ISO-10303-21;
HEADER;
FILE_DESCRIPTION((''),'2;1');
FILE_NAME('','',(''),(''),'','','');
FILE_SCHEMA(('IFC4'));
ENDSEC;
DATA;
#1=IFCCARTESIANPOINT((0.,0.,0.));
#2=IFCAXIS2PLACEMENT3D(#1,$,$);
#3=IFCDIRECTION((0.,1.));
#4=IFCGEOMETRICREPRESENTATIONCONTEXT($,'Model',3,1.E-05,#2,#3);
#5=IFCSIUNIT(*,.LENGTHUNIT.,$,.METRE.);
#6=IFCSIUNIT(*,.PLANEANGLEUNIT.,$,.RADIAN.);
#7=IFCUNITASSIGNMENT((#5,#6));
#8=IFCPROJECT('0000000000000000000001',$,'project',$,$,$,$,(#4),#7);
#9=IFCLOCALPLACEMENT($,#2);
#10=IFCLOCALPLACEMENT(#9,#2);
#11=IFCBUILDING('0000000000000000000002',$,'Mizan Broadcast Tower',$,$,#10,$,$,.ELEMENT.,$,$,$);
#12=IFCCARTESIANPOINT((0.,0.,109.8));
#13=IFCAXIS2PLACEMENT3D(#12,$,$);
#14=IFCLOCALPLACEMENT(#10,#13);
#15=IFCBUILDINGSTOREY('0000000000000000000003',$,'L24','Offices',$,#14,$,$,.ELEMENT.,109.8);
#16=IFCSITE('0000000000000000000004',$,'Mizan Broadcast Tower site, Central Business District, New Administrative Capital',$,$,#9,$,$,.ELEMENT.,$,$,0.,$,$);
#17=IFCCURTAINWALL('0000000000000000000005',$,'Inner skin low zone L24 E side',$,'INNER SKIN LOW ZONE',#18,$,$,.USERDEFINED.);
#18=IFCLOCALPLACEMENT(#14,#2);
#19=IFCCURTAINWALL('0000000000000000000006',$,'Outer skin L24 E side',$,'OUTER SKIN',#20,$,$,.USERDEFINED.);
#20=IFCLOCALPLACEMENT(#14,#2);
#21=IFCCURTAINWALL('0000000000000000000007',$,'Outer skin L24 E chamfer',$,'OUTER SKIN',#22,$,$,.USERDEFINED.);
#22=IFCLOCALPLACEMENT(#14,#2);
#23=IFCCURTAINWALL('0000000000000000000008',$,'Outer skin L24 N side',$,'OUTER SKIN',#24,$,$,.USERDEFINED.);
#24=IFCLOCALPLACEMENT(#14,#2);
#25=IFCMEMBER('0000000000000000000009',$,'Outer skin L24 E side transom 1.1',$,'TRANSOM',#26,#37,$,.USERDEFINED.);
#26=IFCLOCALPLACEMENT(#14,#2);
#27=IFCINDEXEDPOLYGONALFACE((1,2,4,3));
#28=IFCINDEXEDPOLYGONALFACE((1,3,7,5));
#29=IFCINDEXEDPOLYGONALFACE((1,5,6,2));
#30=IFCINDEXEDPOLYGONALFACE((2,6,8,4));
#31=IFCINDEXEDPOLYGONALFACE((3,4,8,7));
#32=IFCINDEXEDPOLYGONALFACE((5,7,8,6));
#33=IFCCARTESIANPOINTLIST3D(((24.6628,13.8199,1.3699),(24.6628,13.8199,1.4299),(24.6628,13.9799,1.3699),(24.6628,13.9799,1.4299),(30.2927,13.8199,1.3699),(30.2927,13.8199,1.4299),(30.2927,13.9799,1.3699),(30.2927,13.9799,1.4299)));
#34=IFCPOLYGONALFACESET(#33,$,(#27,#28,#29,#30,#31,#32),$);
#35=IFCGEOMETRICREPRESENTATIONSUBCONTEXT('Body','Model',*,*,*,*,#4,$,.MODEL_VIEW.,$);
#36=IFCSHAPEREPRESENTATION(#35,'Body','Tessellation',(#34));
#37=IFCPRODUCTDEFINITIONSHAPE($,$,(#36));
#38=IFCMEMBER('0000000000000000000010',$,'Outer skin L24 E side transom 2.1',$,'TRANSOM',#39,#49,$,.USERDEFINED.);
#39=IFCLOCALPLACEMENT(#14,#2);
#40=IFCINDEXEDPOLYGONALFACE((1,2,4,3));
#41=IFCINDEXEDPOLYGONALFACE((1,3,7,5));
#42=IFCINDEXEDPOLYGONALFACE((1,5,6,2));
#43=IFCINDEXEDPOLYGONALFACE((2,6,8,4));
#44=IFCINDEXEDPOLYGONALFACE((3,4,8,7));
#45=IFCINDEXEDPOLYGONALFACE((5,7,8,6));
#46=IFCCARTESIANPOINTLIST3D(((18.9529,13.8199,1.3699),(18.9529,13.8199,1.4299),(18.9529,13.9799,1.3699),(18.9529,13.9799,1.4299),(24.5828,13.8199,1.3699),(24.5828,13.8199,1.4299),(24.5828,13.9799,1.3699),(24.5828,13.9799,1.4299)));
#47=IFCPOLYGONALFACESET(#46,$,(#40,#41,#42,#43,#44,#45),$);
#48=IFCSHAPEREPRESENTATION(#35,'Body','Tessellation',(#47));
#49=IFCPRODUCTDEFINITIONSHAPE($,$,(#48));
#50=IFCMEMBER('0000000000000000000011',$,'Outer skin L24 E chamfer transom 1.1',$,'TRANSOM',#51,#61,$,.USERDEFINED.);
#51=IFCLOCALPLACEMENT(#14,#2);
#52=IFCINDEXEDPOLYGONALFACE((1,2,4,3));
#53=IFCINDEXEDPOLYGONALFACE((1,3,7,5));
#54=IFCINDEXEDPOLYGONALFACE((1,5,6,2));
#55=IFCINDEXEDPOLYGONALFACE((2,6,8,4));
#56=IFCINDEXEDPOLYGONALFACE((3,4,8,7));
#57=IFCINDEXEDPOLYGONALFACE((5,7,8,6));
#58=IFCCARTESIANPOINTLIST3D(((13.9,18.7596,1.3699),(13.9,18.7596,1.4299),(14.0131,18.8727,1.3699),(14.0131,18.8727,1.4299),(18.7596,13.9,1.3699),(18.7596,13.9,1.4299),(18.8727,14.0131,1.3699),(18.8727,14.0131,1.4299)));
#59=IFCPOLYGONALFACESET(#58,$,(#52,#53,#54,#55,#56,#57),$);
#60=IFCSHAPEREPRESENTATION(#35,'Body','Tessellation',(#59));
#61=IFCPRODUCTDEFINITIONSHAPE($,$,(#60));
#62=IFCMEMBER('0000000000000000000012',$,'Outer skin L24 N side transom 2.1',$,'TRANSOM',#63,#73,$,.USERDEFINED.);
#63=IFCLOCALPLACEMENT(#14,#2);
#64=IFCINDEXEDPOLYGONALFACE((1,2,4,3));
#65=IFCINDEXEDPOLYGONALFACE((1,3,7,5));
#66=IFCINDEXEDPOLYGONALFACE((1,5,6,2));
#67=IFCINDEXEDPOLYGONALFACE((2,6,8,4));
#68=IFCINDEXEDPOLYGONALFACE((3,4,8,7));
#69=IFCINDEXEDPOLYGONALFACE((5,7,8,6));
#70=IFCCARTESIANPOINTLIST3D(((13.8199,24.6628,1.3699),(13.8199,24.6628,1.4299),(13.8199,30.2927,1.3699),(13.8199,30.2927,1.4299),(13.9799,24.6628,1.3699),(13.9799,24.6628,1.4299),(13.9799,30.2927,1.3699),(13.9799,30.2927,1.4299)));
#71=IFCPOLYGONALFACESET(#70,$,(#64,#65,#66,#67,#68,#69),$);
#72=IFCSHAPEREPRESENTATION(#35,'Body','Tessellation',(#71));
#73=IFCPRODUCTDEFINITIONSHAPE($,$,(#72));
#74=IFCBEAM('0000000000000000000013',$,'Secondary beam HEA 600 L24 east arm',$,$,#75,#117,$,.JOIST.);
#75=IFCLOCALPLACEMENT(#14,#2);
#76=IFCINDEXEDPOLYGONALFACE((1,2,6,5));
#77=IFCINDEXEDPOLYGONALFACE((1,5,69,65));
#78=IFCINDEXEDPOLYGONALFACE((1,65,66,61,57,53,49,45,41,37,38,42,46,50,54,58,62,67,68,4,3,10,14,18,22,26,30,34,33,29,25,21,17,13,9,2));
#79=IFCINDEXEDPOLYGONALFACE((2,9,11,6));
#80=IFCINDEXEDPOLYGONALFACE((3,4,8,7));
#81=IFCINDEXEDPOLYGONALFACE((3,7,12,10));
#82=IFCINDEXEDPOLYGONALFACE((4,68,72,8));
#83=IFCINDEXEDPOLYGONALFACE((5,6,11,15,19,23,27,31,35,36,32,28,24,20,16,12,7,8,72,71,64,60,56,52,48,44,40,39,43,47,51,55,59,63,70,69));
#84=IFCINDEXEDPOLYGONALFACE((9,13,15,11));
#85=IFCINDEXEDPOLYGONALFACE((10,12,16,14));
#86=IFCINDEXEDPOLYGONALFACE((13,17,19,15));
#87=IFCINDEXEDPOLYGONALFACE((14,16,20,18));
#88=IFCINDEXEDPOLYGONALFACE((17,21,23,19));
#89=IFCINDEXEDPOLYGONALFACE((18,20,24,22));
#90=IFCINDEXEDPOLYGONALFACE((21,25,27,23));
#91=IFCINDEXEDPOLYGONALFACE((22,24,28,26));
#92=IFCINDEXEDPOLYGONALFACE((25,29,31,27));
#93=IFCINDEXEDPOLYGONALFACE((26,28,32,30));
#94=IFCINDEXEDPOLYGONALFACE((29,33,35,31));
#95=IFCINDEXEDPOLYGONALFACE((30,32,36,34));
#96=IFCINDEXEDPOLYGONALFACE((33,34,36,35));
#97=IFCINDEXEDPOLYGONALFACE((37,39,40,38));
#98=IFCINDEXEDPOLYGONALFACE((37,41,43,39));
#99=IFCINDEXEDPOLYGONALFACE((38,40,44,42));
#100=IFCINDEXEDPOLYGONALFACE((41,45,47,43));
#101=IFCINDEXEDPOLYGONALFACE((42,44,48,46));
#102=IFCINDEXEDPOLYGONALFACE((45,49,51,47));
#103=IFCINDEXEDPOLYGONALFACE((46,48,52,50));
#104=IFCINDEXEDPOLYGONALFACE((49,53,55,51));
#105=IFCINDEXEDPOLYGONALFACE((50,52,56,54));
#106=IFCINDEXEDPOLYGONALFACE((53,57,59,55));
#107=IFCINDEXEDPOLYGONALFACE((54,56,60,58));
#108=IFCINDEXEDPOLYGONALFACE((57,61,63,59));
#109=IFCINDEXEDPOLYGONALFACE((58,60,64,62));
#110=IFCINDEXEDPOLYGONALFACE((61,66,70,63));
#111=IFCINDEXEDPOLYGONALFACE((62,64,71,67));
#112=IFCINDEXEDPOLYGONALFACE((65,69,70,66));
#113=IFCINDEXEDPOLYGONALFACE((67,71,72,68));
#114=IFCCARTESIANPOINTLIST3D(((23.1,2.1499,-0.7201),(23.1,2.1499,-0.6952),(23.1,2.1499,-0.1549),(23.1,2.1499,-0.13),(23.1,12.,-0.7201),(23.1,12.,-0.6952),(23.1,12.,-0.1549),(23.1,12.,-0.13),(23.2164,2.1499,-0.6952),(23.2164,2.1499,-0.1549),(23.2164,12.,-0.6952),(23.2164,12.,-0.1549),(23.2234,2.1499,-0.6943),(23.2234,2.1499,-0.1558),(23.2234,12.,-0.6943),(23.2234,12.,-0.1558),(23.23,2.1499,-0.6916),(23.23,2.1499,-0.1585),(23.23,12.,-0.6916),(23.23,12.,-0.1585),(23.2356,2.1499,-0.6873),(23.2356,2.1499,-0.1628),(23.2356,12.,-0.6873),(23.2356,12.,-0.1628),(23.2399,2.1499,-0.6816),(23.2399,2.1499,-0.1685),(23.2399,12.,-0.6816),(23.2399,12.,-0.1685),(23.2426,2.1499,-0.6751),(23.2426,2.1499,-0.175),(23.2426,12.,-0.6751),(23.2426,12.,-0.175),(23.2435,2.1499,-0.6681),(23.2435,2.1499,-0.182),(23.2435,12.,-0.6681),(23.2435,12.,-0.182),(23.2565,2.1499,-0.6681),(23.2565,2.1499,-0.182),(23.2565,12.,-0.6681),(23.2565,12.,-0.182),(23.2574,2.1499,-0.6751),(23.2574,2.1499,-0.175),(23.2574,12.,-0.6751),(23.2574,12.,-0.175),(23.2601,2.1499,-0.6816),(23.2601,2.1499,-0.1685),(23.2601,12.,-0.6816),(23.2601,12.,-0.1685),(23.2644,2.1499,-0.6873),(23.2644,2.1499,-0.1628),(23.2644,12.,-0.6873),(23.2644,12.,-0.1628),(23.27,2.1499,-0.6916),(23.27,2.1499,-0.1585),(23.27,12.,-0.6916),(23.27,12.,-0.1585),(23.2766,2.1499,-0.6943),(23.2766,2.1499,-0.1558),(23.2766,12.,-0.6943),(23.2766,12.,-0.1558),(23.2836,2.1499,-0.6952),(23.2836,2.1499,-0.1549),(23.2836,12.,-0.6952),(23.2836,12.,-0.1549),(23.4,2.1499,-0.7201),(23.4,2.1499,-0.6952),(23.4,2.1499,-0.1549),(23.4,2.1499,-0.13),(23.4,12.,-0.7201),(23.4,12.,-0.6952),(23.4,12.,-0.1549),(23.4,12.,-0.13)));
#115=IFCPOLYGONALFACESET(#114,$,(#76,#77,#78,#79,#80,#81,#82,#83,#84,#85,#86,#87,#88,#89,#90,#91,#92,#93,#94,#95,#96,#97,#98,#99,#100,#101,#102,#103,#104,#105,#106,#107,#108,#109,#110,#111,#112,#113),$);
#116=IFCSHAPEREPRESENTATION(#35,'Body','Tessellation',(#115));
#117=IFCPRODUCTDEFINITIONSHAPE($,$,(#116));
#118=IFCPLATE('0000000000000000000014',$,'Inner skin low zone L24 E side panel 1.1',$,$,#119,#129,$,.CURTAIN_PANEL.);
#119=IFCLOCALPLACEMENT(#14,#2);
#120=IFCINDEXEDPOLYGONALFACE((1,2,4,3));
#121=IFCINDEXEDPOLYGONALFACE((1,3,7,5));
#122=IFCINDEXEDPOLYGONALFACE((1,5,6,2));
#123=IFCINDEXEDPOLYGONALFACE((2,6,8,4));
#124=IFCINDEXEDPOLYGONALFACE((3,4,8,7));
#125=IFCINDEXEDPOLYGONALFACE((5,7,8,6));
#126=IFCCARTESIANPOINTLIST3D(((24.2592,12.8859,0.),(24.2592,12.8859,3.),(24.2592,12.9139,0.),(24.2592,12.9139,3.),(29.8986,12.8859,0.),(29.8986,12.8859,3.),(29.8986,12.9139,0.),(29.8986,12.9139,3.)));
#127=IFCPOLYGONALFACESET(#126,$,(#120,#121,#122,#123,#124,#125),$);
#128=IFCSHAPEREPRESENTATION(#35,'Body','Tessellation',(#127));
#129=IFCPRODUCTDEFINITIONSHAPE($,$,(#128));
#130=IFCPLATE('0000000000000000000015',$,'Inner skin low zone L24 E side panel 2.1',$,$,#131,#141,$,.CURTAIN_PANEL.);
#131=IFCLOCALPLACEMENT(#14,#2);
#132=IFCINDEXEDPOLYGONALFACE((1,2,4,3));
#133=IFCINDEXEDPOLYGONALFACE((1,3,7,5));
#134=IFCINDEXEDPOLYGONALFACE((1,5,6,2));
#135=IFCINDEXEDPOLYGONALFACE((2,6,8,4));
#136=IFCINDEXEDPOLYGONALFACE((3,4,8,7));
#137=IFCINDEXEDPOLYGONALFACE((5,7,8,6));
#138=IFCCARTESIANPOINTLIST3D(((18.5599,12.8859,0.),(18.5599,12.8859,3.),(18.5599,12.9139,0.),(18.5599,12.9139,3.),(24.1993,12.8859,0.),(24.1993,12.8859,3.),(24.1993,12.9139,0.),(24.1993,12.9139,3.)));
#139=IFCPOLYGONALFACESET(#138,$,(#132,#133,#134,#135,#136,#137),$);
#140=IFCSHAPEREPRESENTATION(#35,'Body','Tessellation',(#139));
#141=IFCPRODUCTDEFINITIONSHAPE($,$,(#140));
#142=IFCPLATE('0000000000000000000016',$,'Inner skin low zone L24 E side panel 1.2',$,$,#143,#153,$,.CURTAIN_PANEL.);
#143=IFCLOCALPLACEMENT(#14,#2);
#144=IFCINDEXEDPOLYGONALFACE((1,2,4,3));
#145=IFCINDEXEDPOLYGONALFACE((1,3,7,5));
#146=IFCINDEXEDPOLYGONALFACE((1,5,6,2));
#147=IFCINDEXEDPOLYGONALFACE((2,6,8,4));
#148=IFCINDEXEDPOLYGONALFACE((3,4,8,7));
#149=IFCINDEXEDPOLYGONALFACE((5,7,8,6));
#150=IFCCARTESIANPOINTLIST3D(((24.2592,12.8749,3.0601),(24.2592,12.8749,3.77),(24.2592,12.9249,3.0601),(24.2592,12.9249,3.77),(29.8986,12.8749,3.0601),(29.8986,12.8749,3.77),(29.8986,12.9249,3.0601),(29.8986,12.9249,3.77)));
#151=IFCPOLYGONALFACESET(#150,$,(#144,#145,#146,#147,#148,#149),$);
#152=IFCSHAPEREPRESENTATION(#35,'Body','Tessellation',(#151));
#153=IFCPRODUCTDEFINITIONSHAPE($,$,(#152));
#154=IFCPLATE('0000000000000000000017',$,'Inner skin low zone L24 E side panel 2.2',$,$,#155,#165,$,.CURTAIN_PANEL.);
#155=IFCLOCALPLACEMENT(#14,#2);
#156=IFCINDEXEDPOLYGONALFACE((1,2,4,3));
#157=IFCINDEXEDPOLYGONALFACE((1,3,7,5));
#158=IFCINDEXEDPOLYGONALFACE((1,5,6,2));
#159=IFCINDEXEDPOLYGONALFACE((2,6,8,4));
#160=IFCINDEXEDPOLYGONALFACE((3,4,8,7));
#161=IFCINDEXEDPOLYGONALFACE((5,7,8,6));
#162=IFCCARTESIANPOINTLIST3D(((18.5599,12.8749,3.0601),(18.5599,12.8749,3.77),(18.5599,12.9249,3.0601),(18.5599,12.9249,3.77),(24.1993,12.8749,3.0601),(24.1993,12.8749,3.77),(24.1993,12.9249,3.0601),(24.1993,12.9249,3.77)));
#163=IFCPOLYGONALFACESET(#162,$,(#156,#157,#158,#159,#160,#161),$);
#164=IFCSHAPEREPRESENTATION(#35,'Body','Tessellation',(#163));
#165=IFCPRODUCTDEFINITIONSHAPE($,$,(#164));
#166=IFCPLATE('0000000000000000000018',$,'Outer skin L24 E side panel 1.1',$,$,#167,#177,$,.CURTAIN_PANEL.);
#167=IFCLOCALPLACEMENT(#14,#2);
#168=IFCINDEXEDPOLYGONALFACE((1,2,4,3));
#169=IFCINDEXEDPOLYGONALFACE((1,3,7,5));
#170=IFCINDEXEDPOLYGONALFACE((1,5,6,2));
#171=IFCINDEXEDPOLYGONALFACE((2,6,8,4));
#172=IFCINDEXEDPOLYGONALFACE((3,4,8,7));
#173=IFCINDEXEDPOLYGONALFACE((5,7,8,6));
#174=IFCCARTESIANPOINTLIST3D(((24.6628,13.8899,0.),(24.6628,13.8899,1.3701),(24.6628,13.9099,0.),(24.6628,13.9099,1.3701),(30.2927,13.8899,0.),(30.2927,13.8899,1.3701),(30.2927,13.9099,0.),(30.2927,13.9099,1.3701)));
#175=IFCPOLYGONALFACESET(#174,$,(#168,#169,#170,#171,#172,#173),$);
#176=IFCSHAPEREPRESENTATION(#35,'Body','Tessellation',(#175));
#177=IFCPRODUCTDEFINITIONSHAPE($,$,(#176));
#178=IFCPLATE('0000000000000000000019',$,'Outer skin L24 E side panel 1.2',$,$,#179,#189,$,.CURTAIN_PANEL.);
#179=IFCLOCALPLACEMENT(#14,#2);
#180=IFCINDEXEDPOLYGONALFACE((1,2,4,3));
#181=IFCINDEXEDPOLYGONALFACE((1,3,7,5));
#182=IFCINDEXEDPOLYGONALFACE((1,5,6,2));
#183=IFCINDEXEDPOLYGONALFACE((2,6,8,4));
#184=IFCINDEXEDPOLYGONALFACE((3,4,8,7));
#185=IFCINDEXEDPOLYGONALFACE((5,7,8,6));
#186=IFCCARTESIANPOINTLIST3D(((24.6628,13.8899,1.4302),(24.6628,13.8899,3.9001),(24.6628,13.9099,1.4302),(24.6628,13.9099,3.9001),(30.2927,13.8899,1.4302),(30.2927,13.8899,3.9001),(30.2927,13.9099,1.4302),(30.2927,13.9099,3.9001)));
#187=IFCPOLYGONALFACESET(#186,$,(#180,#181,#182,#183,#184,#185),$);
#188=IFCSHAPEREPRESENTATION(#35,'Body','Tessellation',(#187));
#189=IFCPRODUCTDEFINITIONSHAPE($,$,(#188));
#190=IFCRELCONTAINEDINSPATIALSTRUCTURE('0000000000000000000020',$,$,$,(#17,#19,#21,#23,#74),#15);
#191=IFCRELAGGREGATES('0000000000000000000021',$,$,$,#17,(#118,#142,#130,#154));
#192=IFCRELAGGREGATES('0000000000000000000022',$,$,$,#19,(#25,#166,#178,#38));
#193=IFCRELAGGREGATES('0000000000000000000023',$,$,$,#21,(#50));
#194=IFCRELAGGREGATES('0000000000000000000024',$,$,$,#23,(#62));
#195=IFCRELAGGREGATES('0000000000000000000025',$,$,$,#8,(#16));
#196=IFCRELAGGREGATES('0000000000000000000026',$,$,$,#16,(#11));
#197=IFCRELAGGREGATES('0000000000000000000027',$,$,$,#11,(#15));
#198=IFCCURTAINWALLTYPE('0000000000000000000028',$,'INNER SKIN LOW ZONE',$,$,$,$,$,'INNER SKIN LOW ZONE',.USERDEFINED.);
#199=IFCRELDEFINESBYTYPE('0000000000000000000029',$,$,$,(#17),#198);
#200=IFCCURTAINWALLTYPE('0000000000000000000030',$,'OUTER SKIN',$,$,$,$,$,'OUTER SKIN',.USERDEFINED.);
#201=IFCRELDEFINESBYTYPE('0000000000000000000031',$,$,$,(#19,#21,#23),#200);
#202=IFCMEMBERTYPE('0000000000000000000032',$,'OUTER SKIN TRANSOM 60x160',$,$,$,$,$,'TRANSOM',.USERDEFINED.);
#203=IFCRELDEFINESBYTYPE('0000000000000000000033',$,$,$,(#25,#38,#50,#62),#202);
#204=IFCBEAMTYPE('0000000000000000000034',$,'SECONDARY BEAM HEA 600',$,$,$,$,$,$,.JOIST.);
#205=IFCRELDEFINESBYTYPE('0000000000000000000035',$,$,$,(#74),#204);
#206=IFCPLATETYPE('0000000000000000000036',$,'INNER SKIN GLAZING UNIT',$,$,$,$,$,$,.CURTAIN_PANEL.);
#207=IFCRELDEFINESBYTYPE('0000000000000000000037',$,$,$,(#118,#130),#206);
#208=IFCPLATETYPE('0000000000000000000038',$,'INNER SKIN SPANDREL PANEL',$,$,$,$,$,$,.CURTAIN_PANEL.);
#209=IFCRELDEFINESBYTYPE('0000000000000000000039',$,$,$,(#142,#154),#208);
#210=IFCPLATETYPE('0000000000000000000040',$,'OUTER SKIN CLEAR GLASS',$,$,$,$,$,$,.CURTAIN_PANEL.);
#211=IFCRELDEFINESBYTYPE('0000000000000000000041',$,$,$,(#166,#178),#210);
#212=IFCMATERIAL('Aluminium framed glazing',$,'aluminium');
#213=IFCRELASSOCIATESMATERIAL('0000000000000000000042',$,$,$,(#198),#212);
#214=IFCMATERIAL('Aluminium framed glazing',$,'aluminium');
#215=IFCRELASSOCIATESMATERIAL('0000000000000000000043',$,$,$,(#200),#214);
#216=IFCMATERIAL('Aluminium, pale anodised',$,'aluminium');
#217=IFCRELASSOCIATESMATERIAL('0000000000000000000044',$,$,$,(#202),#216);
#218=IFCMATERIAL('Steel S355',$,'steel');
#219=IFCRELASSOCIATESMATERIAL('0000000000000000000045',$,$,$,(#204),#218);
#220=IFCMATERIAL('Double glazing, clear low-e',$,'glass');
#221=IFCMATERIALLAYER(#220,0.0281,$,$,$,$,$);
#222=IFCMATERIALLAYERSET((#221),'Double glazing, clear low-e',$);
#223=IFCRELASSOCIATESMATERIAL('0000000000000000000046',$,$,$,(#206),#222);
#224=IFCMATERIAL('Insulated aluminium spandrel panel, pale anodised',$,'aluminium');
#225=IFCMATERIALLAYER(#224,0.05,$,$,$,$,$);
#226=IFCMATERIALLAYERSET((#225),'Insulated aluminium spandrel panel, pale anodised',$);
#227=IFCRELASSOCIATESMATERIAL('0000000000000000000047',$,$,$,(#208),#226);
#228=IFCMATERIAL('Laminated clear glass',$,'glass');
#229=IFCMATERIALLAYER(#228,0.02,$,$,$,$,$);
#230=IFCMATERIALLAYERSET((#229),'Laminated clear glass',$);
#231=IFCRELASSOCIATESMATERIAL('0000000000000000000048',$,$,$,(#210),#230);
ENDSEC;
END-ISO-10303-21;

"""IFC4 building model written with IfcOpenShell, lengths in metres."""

from ifc_helpers import new_model, si_unit, direction, frame, origin, origin_2d, place, context, subcontext, project, spatial, rectangle, i_section, extrude, material, layer, layer_set, material_profile, profile_set, type_object, element, aggregate, save


model = new_model("IFC4")

# Units and contexts
model_context = context("Model", 3, precision=1e-05, world=origin(), true_north=direction((0.0, 1.0)))
body_context = subcontext(model_context, "Body", "Model", "MODEL_VIEW")
ifc_project = project(units=[si_unit("LENGTHUNIT", "METRE"), si_unit("PLANEANGLEUNIT", "RADIAN")], contexts=[model_context])

# Site, building, storey
site_placement = place(None, origin())
site = spatial("IfcSite", under=ifc_project, at=site_placement, Name="Mizan Broadcast Tower site, Central Business District, New Administrative Capital", CompositionType="ELEMENT", RefElevation=0.0)
building_placement = place(site_placement, origin())
building = spatial("IfcBuilding", under=site, at=building_placement, Name="Mizan Broadcast Tower", CompositionType="ELEMENT")
storey_placement = place(building_placement, frame((0.0, 0.0, 109.8)))
storey = spatial("IfcBuildingStorey", under=building, at=storey_placement, Name="L24", Description="Offices", CompositionType="ELEMENT", Elevation=109.8)

# Shared definitions
ifc_material_1 = material(Name="Aluminium framed glazing", Category="aluminium")
curtain_wall_type_1 = type_object("IfcCurtainWallType", Name="INNER SKIN LOW ZONE", ElementType="INNER SKIN LOW ZONE", PredefinedType="USERDEFINED", material=ifc_material_1)

# Curtain wall
curtain_wall_1_placement = place(storey_placement, origin())
curtain_wall_1 = element("IfcCurtainWall", 1, at=curtain_wall_1_placement, inside=storey, type_object=curtain_wall_type_1, Name="Inner skin low zone L24 E side", ObjectType="INNER SKIN LOW ZONE", PredefinedType="USERDEFINED")

# Shared definitions
ifc_material_2 = material(Name="Aluminium framed glazing", Category="aluminium")
curtain_wall_type_2 = type_object("IfcCurtainWallType", Name="OUTER SKIN", ElementType="OUTER SKIN", PredefinedType="USERDEFINED", material=ifc_material_2)

# Curtain wall
curtain_wall_2_placement = place(storey_placement, origin())
curtain_wall_2 = element("IfcCurtainWall", 2, at=curtain_wall_2_placement, inside=storey, type_object=curtain_wall_type_2, Name="Outer skin L24 E side", ObjectType="OUTER SKIN", PredefinedType="USERDEFINED")

# Curtain wall
curtain_wall_3_placement = place(storey_placement, origin())
curtain_wall_3 = element("IfcCurtainWall", 3, at=curtain_wall_3_placement, inside=storey, type_object=curtain_wall_type_2, Name="Outer skin L24 E chamfer", ObjectType="OUTER SKIN", PredefinedType="USERDEFINED")

# Curtain wall
curtain_wall_4_placement = place(storey_placement, origin())
curtain_wall_4 = element("IfcCurtainWall", 4, at=curtain_wall_4_placement, inside=storey, type_object=curtain_wall_type_2, Name="Outer skin L24 N side", ObjectType="OUTER SKIN", PredefinedType="USERDEFINED")

# Members
ifc_material_3 = material(Name="Aluminium, pale anodised", Category="aluminium")
ifc_material_profile_1 = material_profile(ifc_material_3, rectangle(XDim=0.1599, YDim=0.0601, at=origin_2d()), Name="TRANSOM 160x60")
ifc_profile_set_1 = profile_set([ifc_material_profile_1], Name="Aluminium, pale anodised")
member_type_1 = type_object("IfcMemberType", Name="OUTER SKIN TRANSOM 60x160", ElementType="TRANSOM", PredefinedType="USERDEFINED", material=ifc_profile_set_1)
member_1_placement = place(storey_placement, frame((30.2927, 13.8999, 1.3999), z_axis=(-1.0, 0.0, 0.0), x_axis=(0.0, -1.0, 0.0)))
member_1 = element("IfcMember", 5, at=member_1_placement, type_object=member_type_1, Name="Outer skin L24 E side transom 1.1", ObjectType="TRANSOM", PredefinedType="USERDEFINED", context=body_context, shape_type="SweptSolid", body=[
    extrude(rectangle(XDim=0.1599, YDim=0.0601, at=origin_2d()), origin(), (0.0, 0.0, 1.0), 5.6299),
])
member_2_placement = place(storey_placement, frame((24.5828, 13.8999, 1.3999), z_axis=(-1.0, 0.0, 0.0), x_axis=(0.0, -1.0, 0.0)))
member_2 = element("IfcMember", 6, at=member_2_placement, type_object=member_type_1, Name="Outer skin L24 E side transom 2.1", ObjectType="TRANSOM", PredefinedType="USERDEFINED", context=body_context, shape_type="SweptSolid", body=[
    extrude(rectangle(XDim=0.1599, YDim=0.0601, at=origin_2d()), origin(), (0.0, 0.0, 1.0), 5.6299),
])
member_3_placement = place(storey_placement, frame((18.8162, 13.9565, 1.3999), z_axis=(-0.707107, 0.707107, 0.0), x_axis=(-0.707107, -0.707107, 0.0)))
member_3 = element("IfcMember", 7, at=member_3_placement, type_object=member_type_1, Name="Outer skin L24 E chamfer transom 1.1", ObjectType="TRANSOM", PredefinedType="USERDEFINED", context=body_context, shape_type="SweptSolid", body=[
    extrude(rectangle(XDim=0.1599, YDim=0.0601, at=origin_2d()), origin(), (0.0, 0.0, 1.0), 6.8726),
])
member_4_placement = place(storey_placement, frame((13.8999, 24.6628, 1.3999), z_axis=(0.0, 1.0, 0.0), x_axis=(-1.0, 0.0, 0.0)))
member_4 = element("IfcMember", 8, at=member_4_placement, type_object=member_type_1, Name="Outer skin L24 N side transom 2.1", ObjectType="TRANSOM", PredefinedType="USERDEFINED", context=body_context, shape_type="SweptSolid", body=[
    extrude(rectangle(XDim=0.1599, YDim=0.0601, at=origin_2d()), origin(), (0.0, 0.0, 1.0), 5.6299),
])

# Beam
ifc_material_4 = material(Name="Steel S355", Category="steel")
ifc_material_profile_2 = material_profile(ifc_material_4, i_section(OverallWidth=0.3, OverallDepth=0.5901, WebThickness=0.0129, FlangeThickness=0.0249, FilletRadius=0.0271, at=origin_2d()), Name="HEA 600")
ifc_profile_set_2 = profile_set([ifc_material_profile_2], Name="Steel S355")
beam_type_1 = type_object("IfcBeamType", Name="SECONDARY BEAM HEA 600", PredefinedType="JOIST", material=ifc_profile_set_2)
beam_1_placement = place(storey_placement, frame((23.25, 12.0, -0.425), z_axis=(0.0, -1.0, 0.0), x_axis=(1.0, 0.0, 0.0)))
element("IfcBeam", 9, at=beam_1_placement, inside=storey, type_object=beam_type_1, Name="Secondary beam HEA 600 L24 east arm", PredefinedType="JOIST", context=body_context, shape_type="SweptSolid", body=[
    extrude(i_section(OverallWidth=0.3, OverallDepth=0.5901, WebThickness=0.0129, FlangeThickness=0.0249, FilletRadius=0.0271, at=origin_2d()), origin(), (0.0, 0.0, 1.0), 9.8501),
])

# Plates
ifc_material_5 = material(Name="Double glazing, clear low-e", Category="glass")
ifc_layer_1 = layer(ifc_material_5, 0.0281)
ifc_layer_set_1 = layer_set([ifc_layer_1], Name="Double glazing, clear low-e")
plate_type_1 = type_object("IfcPlateType", Name="INNER SKIN GLAZING UNIT", PredefinedType="CURTAIN_PANEL", material=ifc_layer_set_1)
plate_1_placement = place(storey_placement, frame((27.0789, 12.8999, 0.0), z_axis=(0.0, 0.0, 1.0), x_axis=(-1.0, 0.0, 0.0)))
plate_1 = element("IfcPlate", 10, at=plate_1_placement, type_object=plate_type_1, Name="Inner skin low zone L24 E side panel 1.1", PredefinedType="CURTAIN_PANEL", context=body_context, shape_type="SweptSolid", body=[
    extrude(rectangle(XDim=5.6394, YDim=0.0281, at=origin_2d()), origin(), (0.0, 0.0, 1.0), 3.0),
])
plate_2_placement = place(storey_placement, frame((21.3796, 12.8999, 0.0), z_axis=(0.0, 0.0, 1.0), x_axis=(-1.0, 0.0, 0.0)))
plate_2 = element("IfcPlate", 11, at=plate_2_placement, type_object=plate_type_1, Name="Inner skin low zone L24 E side panel 2.1", PredefinedType="CURTAIN_PANEL", context=body_context, shape_type="SweptSolid", body=[
    extrude(rectangle(XDim=5.6394, YDim=0.0281, at=origin_2d()), origin(), (0.0, 0.0, 1.0), 3.0),
])
ifc_material_6 = material(Name="Insulated aluminium spandrel panel, pale anodised", Category="aluminium")
ifc_layer_2 = layer(ifc_material_6, 0.05)
ifc_layer_set_2 = layer_set([ifc_layer_2], Name="Insulated aluminium spandrel panel, pale anodised")
plate_type_2 = type_object("IfcPlateType", Name="INNER SKIN SPANDREL PANEL", PredefinedType="CURTAIN_PANEL", material=ifc_layer_set_2)
plate_3_placement = place(storey_placement, frame((27.0789, 12.8999, 3.0601), z_axis=(0.0, 0.0, 1.0), x_axis=(-1.0, 0.0, 0.0)))
plate_3 = element("IfcPlate", 12, at=plate_3_placement, type_object=plate_type_2, Name="Inner skin low zone L24 E side panel 1.2", PredefinedType="CURTAIN_PANEL", context=body_context, shape_type="SweptSolid", body=[
    extrude(rectangle(XDim=5.6394, YDim=0.05, at=origin_2d()), origin(), (0.0, 0.0, 1.0), 0.71),
])
plate_4_placement = place(storey_placement, frame((21.3796, 12.8999, 3.0601), z_axis=(0.0, 0.0, 1.0), x_axis=(-1.0, 0.0, 0.0)))
plate_4 = element("IfcPlate", 13, at=plate_4_placement, type_object=plate_type_2, Name="Inner skin low zone L24 E side panel 2.2", PredefinedType="CURTAIN_PANEL", context=body_context, shape_type="SweptSolid", body=[
    extrude(rectangle(XDim=5.6394, YDim=0.05, at=origin_2d()), origin(), (0.0, 0.0, 1.0), 0.71),
])
aggregate(curtain_wall_1, [plate_1, plate_3, plate_2, plate_4])
ifc_material_7 = material(Name="Laminated clear glass", Category="glass")
ifc_layer_3 = layer(ifc_material_7, 0.02)
ifc_layer_set_3 = layer_set([ifc_layer_3], Name="Laminated clear glass")
plate_type_3 = type_object("IfcPlateType", Name="OUTER SKIN CLEAR GLASS", PredefinedType="CURTAIN_PANEL", material=ifc_layer_set_3)
plate_5_placement = place(storey_placement, frame((27.4778, 13.8999, 0.0), z_axis=(0.0, 0.0, 1.0), x_axis=(-1.0, 0.0, 0.0)))
plate_5 = element("IfcPlate", 14, at=plate_5_placement, type_object=plate_type_3, Name="Outer skin L24 E side panel 1.1", PredefinedType="CURTAIN_PANEL", context=body_context, shape_type="SweptSolid", body=[
    extrude(rectangle(XDim=5.6299, YDim=0.02, at=origin_2d()), origin(), (0.0, 0.0, 1.0), 1.3701),
])
plate_6_placement = place(storey_placement, frame((27.4778, 13.8999, 1.4302), z_axis=(0.0, 0.0, 1.0), x_axis=(-1.0, 0.0, 0.0)))
plate_6 = element("IfcPlate", 15, at=plate_6_placement, type_object=plate_type_3, Name="Outer skin L24 E side panel 1.2", PredefinedType="CURTAIN_PANEL", context=body_context, shape_type="SweptSolid", body=[
    extrude(rectangle(XDim=5.6299, YDim=0.02, at=origin_2d()), origin(), (0.0, 0.0, 1.0), 2.47),
])
aggregate(curtain_wall_2, [member_1, plate_5, plate_6, member_2])
aggregate(curtain_wall_3, [member_3])
aggregate(curtain_wall_4, [member_4])

save(model, "model.ifc")
